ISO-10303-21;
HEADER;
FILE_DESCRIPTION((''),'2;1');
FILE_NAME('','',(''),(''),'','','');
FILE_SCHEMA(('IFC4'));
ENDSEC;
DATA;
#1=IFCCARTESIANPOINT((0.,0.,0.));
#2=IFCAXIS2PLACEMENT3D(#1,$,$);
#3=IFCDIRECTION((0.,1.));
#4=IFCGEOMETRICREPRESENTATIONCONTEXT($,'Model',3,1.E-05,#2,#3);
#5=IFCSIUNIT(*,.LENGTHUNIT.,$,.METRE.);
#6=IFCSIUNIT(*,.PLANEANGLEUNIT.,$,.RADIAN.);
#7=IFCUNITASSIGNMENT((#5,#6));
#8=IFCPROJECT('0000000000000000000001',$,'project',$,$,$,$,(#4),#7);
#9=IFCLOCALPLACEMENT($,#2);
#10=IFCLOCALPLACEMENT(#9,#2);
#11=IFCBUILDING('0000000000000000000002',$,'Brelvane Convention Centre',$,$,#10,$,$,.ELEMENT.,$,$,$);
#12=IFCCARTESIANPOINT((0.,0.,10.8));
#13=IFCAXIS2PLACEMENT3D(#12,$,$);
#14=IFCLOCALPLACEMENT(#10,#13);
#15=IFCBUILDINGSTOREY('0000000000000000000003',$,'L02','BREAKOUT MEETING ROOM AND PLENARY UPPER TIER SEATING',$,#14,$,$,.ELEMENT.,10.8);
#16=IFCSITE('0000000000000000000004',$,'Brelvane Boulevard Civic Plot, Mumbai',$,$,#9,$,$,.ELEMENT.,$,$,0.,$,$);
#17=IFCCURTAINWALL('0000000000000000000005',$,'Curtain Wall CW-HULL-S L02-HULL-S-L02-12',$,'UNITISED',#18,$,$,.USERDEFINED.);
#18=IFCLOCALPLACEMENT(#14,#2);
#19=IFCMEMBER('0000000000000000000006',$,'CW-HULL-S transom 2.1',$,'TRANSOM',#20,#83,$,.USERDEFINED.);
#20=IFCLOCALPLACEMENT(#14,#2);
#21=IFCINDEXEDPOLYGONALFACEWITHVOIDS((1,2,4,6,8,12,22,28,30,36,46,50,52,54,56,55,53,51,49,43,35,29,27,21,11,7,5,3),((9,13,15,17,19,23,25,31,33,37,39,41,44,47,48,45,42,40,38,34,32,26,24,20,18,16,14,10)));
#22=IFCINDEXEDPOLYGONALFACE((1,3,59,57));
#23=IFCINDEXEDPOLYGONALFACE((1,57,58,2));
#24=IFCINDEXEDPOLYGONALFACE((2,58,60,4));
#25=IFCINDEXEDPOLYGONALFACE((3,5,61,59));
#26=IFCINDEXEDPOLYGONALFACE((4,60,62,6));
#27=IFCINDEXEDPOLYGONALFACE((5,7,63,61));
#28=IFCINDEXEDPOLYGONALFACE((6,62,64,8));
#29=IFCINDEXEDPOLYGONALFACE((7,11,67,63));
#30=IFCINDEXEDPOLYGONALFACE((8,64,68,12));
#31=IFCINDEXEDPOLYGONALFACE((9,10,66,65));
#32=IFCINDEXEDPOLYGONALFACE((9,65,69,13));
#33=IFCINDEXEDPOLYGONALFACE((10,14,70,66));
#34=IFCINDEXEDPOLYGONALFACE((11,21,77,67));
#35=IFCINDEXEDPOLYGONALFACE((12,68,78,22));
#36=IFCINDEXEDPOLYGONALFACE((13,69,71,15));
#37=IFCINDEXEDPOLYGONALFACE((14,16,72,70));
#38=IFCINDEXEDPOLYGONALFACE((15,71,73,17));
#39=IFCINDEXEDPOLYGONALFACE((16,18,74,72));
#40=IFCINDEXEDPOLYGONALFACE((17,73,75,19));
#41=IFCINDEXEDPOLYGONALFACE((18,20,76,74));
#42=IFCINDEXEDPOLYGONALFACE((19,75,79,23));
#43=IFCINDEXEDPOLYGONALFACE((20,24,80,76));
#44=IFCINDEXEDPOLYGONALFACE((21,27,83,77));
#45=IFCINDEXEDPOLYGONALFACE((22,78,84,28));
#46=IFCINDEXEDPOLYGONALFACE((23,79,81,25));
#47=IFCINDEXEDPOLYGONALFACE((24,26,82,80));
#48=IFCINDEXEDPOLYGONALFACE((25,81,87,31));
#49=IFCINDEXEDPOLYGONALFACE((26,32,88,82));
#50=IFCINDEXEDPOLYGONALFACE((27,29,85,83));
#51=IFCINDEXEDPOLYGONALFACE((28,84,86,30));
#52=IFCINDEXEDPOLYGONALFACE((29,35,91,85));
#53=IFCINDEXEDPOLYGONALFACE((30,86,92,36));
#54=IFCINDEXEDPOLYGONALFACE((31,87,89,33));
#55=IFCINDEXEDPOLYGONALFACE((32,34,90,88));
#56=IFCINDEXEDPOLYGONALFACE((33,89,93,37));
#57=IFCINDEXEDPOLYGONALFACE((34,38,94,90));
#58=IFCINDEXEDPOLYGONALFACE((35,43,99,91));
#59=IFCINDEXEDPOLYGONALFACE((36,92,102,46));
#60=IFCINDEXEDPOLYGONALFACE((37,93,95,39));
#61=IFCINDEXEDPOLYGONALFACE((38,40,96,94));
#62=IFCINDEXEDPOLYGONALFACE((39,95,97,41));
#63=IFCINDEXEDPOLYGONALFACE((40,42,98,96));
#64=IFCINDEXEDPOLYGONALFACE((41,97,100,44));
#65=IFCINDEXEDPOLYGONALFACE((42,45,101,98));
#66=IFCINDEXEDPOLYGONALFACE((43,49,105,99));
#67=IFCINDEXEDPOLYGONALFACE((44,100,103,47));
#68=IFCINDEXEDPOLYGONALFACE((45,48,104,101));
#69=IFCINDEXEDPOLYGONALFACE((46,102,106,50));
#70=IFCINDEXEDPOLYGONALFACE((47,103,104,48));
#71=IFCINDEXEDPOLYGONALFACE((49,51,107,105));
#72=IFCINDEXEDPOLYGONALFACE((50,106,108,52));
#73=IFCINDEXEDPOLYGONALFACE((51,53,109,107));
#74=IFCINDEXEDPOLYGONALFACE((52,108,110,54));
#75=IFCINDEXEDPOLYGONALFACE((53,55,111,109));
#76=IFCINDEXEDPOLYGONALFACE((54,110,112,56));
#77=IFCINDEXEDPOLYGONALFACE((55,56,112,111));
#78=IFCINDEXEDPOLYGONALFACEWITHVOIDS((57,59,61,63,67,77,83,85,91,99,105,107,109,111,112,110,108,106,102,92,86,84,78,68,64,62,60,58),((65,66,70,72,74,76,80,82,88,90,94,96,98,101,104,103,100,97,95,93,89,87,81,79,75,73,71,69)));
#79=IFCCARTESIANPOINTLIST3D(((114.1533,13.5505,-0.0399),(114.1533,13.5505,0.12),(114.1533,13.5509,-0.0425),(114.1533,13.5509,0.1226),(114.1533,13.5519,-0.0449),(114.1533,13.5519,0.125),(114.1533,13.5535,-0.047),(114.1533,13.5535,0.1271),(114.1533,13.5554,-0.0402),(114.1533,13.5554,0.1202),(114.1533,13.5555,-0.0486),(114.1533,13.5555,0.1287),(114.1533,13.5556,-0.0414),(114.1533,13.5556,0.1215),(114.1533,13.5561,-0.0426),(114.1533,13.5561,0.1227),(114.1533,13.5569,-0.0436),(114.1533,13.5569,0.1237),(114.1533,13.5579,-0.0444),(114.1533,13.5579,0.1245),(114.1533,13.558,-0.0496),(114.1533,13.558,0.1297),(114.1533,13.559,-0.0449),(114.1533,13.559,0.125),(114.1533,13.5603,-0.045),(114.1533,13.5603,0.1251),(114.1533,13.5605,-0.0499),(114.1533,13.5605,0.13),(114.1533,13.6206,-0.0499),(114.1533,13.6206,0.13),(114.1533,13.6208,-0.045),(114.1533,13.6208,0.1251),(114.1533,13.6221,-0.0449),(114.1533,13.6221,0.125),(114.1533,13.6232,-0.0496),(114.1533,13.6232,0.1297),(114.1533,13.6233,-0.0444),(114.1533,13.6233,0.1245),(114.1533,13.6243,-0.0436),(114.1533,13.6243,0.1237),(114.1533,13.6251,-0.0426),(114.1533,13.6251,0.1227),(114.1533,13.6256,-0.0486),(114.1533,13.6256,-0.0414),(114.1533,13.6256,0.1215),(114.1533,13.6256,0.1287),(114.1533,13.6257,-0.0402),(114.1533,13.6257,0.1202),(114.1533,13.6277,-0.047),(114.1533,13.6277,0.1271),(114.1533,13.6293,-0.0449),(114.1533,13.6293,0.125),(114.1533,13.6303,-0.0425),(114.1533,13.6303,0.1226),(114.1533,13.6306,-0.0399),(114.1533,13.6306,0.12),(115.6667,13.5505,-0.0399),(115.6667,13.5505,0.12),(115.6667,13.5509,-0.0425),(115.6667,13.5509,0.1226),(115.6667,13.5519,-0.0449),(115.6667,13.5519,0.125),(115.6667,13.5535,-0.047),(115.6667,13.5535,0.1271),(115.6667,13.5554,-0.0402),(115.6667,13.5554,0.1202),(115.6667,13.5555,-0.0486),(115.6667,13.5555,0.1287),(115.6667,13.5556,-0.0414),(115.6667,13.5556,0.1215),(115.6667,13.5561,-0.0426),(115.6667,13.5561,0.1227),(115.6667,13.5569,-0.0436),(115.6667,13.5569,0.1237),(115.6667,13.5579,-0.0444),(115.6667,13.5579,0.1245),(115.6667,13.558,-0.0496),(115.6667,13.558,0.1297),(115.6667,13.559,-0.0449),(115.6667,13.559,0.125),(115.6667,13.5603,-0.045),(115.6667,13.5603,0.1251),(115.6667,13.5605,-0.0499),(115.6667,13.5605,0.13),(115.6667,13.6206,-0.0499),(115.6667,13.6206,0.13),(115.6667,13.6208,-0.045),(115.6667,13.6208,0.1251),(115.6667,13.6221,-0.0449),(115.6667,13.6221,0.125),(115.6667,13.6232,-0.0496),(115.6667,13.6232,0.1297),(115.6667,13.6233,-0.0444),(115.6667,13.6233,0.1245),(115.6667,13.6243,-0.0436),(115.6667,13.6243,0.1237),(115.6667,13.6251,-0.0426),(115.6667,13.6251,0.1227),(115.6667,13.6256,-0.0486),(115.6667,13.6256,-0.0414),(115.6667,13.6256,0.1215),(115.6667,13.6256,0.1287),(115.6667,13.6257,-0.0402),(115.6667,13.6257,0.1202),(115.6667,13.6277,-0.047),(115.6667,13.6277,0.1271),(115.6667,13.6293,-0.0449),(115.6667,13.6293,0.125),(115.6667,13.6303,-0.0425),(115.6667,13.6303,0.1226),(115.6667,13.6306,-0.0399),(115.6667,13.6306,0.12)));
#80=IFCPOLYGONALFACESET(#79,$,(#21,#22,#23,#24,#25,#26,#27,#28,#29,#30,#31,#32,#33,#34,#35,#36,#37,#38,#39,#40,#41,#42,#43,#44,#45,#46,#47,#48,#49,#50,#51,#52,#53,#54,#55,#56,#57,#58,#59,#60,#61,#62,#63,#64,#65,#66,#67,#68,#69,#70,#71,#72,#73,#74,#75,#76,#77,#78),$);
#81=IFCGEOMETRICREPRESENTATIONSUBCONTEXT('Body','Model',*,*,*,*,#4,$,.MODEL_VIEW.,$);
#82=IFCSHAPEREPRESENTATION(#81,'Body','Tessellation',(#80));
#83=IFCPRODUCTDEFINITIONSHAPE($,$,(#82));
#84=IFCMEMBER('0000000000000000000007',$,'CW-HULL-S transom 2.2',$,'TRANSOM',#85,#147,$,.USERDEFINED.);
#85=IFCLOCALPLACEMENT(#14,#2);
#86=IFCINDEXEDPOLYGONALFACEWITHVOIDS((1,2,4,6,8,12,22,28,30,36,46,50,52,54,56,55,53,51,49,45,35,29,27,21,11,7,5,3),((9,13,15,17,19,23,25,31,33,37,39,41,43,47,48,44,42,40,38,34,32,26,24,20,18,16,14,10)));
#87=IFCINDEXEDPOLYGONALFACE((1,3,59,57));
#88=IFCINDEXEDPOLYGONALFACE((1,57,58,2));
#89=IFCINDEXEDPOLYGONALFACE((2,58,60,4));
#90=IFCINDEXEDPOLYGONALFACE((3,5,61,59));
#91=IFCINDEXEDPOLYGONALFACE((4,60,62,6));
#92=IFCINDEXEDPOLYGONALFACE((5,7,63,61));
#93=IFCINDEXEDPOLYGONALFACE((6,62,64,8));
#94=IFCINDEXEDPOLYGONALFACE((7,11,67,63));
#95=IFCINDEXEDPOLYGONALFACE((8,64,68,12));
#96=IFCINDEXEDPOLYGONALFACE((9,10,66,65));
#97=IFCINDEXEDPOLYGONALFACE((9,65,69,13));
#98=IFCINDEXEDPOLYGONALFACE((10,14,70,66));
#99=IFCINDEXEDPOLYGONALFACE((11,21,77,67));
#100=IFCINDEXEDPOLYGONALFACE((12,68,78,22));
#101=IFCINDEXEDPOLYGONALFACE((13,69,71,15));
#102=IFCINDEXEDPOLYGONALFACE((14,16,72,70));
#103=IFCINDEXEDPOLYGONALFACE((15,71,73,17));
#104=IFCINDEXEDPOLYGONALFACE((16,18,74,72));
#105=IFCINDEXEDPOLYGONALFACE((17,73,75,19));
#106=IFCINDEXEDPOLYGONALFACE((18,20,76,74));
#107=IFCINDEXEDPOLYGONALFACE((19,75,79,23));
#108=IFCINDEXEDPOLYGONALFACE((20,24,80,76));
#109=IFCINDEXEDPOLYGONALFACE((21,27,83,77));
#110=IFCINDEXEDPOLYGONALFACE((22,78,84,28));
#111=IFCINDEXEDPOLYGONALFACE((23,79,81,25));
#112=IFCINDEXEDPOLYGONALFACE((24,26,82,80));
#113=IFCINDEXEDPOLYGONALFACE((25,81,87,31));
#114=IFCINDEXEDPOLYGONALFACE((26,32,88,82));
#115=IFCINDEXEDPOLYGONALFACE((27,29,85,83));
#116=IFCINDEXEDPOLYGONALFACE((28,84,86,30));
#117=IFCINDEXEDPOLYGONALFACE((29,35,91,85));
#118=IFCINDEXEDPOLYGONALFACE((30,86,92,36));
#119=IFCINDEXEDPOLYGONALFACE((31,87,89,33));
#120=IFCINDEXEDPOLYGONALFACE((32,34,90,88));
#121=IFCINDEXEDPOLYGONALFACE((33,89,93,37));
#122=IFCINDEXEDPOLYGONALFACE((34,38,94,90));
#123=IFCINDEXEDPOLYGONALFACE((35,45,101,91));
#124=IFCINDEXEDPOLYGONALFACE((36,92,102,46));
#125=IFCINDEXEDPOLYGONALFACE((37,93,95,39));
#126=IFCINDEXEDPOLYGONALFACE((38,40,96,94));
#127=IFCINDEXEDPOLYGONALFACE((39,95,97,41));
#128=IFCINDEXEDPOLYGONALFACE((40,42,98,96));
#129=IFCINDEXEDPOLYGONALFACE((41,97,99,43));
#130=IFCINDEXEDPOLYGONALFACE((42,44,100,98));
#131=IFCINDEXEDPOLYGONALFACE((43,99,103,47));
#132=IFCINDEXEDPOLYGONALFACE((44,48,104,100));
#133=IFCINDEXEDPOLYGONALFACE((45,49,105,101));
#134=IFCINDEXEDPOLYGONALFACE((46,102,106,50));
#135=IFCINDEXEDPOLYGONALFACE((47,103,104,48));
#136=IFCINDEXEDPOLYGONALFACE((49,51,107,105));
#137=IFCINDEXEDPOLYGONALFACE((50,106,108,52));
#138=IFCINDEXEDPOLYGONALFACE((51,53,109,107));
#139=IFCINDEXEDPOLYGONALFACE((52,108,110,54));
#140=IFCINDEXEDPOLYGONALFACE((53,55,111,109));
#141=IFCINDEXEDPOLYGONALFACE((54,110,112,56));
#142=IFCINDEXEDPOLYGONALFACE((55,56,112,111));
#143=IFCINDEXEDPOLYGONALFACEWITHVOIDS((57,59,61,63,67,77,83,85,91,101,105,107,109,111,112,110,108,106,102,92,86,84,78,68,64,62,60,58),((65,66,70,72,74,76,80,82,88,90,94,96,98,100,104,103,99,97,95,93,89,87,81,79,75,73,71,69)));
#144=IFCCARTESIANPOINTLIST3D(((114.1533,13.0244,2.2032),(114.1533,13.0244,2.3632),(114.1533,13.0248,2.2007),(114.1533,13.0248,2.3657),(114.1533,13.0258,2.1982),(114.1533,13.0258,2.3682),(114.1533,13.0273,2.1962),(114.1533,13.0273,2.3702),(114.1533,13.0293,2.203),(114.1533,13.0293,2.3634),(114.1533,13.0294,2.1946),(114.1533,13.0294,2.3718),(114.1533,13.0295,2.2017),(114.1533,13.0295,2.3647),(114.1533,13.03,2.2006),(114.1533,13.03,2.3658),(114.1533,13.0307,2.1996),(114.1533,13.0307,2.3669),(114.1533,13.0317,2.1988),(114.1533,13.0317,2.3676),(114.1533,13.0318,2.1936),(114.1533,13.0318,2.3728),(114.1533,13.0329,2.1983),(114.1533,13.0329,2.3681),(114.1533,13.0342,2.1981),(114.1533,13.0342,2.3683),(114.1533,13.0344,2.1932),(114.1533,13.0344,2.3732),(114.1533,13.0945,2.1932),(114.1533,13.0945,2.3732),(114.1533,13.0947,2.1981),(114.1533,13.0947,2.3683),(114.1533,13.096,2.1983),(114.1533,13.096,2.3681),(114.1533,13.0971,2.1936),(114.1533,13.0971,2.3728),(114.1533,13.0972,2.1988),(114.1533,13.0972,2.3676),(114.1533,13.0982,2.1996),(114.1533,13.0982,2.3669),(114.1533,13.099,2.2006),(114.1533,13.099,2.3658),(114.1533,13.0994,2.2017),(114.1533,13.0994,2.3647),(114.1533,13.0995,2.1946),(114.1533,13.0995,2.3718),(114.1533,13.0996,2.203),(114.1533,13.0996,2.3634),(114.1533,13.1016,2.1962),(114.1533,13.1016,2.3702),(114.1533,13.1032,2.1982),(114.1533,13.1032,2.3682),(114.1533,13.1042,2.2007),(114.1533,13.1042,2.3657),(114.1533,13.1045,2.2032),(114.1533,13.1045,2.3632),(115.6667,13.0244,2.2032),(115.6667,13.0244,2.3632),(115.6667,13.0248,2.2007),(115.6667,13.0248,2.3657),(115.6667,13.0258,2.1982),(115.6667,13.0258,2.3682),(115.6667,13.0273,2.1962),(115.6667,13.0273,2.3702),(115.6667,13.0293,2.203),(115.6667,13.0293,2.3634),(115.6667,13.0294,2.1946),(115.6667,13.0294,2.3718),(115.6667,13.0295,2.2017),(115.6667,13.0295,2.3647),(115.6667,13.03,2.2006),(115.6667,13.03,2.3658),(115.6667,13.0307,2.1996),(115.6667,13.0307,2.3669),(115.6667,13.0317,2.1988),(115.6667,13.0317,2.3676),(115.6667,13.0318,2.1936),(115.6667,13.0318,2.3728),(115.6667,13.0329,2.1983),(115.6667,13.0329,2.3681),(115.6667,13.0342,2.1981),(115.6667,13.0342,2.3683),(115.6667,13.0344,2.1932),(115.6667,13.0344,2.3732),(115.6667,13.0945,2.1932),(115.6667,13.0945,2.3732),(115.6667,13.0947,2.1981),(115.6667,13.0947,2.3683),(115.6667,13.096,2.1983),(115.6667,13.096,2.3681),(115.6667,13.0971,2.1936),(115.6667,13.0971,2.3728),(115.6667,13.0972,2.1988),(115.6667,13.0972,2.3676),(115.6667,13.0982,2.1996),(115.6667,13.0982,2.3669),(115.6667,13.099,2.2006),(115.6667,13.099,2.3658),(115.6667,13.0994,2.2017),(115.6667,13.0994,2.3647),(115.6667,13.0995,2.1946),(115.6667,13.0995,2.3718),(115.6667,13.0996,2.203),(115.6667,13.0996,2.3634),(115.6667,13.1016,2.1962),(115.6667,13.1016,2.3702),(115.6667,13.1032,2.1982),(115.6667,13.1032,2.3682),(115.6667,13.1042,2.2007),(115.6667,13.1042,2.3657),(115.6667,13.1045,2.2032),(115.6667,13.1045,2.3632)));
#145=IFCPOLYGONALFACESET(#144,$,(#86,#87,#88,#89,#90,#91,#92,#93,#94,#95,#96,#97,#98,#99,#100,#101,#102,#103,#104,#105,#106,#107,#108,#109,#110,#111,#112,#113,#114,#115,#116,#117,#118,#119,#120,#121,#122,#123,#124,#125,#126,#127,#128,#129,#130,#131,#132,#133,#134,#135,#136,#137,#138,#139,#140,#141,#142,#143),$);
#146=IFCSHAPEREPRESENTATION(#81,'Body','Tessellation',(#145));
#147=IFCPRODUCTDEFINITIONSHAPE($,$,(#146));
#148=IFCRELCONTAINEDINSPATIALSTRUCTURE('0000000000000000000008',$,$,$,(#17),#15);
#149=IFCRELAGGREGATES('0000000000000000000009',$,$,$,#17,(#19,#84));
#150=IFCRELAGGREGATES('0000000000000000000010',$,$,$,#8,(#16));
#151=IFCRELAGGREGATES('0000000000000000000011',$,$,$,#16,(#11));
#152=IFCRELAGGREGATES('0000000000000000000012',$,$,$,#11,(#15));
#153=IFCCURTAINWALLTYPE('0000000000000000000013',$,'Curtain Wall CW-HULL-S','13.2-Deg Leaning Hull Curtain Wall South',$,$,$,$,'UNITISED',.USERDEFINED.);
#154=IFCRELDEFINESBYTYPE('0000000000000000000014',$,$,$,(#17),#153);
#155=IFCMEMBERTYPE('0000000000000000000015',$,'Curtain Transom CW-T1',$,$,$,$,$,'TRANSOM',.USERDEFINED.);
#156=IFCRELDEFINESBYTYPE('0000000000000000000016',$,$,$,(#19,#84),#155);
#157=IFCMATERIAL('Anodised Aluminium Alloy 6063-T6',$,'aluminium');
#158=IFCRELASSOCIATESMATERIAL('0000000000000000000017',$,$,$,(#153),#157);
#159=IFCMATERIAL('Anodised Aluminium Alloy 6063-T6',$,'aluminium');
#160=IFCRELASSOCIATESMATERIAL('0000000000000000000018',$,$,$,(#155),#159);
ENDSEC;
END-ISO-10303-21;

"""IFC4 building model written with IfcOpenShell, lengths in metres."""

from ifc_helpers import new_model, si_unit, direction, frame, origin, origin_2d, place, context, subcontext, project, spatial, hollow_rectangle, extrude, material, material_profile, profile_set, type_object, element, aggregate, save


model = new_model("IFC4")

# Units and contexts
model_context = context("Model", 3, precision=1e-05, world=origin(), true_north=direction((0.0, 1.0)))
body_context = subcontext(model_context, "Body", "Model", "MODEL_VIEW")
ifc_project = project(units=[si_unit("LENGTHUNIT", "METRE"), si_unit("PLANEANGLEUNIT", "RADIAN")], contexts=[model_context])

# Site, building, storey
site_placement = place(None, origin())
site = spatial("IfcSite", under=ifc_project, at=site_placement, Name="Brelvane Boulevard Civic Plot, Mumbai", CompositionType="ELEMENT", RefElevation=0.0)
building_placement = place(site_placement, origin())
building = spatial("IfcBuilding", under=site, at=building_placement, Name="Brelvane Convention Centre", CompositionType="ELEMENT")
storey_placement = place(building_placement, frame((0.0, 0.0, 10.8)))
storey = spatial("IfcBuildingStorey", under=building, at=storey_placement, Name="L02", Description="BREAKOUT MEETING ROOM AND PLENARY UPPER TIER SEATING", CompositionType="ELEMENT", Elevation=10.8)

# Curtain wall
ifc_material_1 = material(Name="Anodised Aluminium Alloy 6063-T6", Category="aluminium")
curtain_wall_type = type_object("IfcCurtainWallType", Name="Curtain Wall CW-HULL-S", Description="13.2-Deg Leaning Hull Curtain Wall South", ElementType="UNITISED", PredefinedType="USERDEFINED", material=ifc_material_1)
curtain_wall_1_placement = place(storey_placement, origin())
curtain_wall_1 = element("IfcCurtainWall", 1, at=curtain_wall_1_placement, inside=storey, type_object=curtain_wall_type, Name="Curtain Wall CW-HULL-S L02-HULL-S-L02-12", ObjectType="UNITISED", PredefinedType="USERDEFINED")

# Members
ifc_material_2 = material(Name="Anodised Aluminium Alloy 6063-T6", Category="aluminium")
ifc_material_profile_1 = material_profile(ifc_material_2, hollow_rectangle(XDim=0.0801, YDim=0.1799, WallThickness=0.0049, InnerFilletRadius=0.0049, OuterFilletRadius=0.01, at=origin_2d()), Name="ALU-T 180x80x5.0")
ifc_profile_set_1 = profile_set([ifc_material_profile_1], Name="Anodised Aluminium Alloy 6063-T6")
member_type_1 = type_object("IfcMemberType", Name="Curtain Transom CW-T1", ElementType="TRANSOM", PredefinedType="USERDEFINED", material=ifc_profile_set_1)
member_1_placement = place(storey_placement, frame((114.1533, 13.5906, 0.04), z_axis=(1.0, 0.0, 0.0), x_axis=(0.0, 1.0, 0.0)))
member_1 = element("IfcMember", 2, at=member_1_placement, type_object=member_type_1, Name="CW-HULL-S transom 2.1", ObjectType="TRANSOM", PredefinedType="USERDEFINED", context=body_context, shape_type="SweptSolid", body=[
    extrude(hollow_rectangle(XDim=0.0801, YDim=0.1799, WallThickness=0.0049, InnerFilletRadius=0.0049, OuterFilletRadius=0.01, at=origin_2d()), origin(), (0.0, 0.0, 1.0), 1.5134),
])
member_2_placement = place(storey_placement, frame((114.1533, 13.0645, 2.2832), z_axis=(1.0, 0.0, 0.0), x_axis=(0.0, 1.0, 0.0)))
member_2 = element("IfcMember", 3, at=member_2_placement, type_object=member_type_1, Name="CW-HULL-S transom 2.2", ObjectType="TRANSOM", PredefinedType="USERDEFINED", context=body_context, shape_type="SweptSolid", body=[
    extrude(hollow_rectangle(XDim=0.0801, YDim=0.1799, WallThickness=0.0049, InnerFilletRadius=0.0049, OuterFilletRadius=0.01, at=origin_2d()), origin(), (0.0, 0.0, 1.0), 1.5134),
])

aggregate(curtain_wall_1, [member_1, member_2])

save(model, "model.ifc")
